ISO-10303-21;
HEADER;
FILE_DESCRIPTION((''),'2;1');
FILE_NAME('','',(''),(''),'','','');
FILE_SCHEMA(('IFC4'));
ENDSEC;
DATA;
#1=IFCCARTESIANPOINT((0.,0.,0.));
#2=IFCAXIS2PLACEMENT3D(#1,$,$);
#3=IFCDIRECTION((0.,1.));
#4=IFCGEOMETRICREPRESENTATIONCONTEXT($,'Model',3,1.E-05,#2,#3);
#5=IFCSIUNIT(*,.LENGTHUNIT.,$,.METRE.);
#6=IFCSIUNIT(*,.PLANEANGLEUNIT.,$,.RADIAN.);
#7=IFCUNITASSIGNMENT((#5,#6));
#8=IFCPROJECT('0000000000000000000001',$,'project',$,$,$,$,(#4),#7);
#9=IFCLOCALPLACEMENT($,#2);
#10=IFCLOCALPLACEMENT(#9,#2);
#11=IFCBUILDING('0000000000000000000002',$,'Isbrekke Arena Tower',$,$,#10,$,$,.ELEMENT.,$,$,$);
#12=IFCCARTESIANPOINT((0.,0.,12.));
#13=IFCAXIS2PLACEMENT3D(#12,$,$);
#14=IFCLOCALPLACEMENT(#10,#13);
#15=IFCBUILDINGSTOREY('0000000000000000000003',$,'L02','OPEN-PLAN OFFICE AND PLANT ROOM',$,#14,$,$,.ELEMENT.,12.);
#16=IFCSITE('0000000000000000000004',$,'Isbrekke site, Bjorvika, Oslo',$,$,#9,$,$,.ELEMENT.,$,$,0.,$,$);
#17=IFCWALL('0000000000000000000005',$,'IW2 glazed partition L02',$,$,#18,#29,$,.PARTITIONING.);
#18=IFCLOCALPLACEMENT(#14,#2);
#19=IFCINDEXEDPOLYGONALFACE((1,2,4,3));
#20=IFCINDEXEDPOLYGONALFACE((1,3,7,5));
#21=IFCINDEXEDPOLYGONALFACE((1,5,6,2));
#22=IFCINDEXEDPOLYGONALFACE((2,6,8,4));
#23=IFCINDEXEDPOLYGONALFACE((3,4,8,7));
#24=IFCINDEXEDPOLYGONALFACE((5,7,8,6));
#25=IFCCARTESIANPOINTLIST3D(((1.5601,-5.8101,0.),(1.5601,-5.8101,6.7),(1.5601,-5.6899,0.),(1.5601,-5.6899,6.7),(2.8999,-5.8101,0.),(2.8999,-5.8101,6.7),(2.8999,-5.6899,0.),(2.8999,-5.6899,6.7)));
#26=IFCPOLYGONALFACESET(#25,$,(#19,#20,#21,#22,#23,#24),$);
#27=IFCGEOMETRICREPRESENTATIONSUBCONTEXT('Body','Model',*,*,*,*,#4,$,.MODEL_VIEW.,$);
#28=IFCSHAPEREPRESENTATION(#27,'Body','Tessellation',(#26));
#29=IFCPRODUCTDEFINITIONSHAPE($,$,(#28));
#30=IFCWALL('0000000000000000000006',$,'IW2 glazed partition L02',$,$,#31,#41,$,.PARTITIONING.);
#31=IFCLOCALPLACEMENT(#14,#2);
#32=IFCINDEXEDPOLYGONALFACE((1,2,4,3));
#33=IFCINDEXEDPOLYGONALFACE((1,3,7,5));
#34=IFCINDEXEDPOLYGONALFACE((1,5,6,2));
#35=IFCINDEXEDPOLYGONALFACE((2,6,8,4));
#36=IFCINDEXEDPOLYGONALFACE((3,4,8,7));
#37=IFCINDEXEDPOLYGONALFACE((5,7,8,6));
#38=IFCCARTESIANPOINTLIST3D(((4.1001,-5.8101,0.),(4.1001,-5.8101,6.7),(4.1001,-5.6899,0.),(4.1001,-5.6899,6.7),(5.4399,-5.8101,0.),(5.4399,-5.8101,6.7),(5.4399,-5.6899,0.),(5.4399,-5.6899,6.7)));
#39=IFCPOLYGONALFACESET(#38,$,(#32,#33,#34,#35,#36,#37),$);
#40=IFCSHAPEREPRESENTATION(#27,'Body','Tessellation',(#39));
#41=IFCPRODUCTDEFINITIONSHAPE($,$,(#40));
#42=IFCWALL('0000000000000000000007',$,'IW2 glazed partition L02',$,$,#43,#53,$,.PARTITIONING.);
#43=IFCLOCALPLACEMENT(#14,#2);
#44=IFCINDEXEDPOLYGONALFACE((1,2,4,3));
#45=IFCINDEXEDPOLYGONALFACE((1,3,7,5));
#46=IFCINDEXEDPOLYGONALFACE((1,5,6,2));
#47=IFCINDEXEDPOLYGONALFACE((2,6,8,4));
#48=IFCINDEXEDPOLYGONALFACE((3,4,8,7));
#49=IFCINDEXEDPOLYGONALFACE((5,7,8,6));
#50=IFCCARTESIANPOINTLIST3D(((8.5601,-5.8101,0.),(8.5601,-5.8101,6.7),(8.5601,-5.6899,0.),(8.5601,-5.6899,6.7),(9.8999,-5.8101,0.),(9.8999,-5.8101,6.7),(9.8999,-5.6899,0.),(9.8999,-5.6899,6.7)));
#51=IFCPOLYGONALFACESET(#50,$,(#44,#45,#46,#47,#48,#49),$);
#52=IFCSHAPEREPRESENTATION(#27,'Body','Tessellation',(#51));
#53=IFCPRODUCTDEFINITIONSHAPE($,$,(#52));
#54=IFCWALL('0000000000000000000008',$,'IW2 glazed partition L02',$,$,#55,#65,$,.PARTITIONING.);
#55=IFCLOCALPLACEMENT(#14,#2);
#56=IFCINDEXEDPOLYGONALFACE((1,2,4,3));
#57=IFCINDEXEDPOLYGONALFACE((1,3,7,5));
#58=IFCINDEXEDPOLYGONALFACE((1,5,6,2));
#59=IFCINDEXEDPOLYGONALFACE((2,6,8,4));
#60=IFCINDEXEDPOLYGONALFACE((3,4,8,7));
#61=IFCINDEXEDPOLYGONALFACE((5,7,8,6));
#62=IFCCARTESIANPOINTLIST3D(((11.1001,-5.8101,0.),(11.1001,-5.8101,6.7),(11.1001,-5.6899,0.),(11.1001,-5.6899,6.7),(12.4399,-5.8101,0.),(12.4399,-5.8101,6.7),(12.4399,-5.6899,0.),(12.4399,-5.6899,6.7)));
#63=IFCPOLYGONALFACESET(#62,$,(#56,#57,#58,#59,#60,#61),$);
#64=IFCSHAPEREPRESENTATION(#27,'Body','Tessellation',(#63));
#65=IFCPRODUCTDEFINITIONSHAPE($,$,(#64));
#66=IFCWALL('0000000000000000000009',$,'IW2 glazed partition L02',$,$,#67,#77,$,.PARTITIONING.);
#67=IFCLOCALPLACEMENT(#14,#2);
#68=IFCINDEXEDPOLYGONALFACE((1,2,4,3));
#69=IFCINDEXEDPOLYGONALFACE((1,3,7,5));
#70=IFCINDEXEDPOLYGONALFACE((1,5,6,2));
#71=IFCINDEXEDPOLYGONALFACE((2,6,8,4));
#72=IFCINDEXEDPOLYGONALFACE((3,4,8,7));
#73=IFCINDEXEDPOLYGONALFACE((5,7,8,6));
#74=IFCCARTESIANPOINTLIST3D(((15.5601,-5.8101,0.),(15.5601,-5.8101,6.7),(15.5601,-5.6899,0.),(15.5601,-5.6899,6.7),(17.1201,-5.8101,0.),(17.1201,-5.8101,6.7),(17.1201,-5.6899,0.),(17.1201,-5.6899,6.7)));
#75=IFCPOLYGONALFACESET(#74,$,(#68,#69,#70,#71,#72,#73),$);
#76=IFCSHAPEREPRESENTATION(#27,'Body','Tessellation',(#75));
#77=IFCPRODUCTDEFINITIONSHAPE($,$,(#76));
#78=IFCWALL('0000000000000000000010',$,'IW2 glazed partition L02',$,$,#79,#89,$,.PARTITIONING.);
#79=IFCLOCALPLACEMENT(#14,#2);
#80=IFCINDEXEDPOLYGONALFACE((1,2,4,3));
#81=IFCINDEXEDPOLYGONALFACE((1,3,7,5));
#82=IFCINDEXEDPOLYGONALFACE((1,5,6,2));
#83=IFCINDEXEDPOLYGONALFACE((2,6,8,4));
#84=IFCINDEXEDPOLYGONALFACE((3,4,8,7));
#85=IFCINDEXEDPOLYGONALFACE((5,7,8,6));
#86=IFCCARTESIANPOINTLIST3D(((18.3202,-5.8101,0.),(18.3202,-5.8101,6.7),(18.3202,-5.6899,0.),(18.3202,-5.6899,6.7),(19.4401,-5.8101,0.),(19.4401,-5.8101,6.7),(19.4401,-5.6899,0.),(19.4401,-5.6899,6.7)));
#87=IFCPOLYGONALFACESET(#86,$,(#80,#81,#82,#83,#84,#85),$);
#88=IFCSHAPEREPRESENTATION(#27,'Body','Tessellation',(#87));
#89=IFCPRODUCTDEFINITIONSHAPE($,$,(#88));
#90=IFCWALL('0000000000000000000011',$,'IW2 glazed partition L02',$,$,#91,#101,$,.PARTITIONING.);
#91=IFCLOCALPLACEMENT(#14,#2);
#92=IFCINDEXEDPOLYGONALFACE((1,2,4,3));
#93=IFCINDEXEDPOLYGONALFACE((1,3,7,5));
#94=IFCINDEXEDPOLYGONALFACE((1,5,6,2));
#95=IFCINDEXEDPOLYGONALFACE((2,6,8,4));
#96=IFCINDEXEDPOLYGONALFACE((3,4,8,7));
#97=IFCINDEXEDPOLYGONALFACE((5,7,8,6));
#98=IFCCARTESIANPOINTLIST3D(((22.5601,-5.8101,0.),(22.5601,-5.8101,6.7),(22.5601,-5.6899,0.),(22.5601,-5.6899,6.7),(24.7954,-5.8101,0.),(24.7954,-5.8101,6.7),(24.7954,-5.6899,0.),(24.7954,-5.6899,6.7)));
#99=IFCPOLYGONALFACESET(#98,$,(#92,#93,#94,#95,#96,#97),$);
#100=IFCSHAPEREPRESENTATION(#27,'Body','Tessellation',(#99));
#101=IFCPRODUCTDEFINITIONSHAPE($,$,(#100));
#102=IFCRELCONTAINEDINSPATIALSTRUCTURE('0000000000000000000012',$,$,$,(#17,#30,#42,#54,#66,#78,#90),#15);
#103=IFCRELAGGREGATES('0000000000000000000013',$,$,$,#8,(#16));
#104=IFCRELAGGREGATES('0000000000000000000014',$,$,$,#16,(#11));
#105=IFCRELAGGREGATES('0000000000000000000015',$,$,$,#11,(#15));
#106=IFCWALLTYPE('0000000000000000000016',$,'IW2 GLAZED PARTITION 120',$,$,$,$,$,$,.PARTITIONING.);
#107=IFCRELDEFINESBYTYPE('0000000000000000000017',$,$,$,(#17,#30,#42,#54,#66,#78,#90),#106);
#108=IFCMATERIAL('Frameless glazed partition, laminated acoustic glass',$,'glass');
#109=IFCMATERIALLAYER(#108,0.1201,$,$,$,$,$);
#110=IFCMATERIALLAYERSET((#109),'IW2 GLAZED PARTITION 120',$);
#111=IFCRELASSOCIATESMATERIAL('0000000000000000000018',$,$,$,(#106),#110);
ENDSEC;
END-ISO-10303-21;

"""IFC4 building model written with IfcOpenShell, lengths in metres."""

from ifc_helpers import new_model, si_unit, direction, frame, frame_2d, origin, place, context, subcontext, project, spatial, rectangle, extrude, material, layer, layer_set, type_object, element, save


model = new_model("IFC4")

# Units and contexts
model_context = context("Model", 3, precision=1e-05, world=origin(), true_north=direction((0.0, 1.0)))
body_context = subcontext(model_context, "Body", "Model", "MODEL_VIEW")
ifc_project = project(units=[si_unit("LENGTHUNIT", "METRE"), si_unit("PLANEANGLEUNIT", "RADIAN")], contexts=[model_context])

# Site, building, storey
site_placement = place(None, origin())
site = spatial("IfcSite", under=ifc_project, at=site_placement, Name="Isbrekke site, Bjorvika, Oslo", CompositionType="ELEMENT", RefElevation=0.0)
building_placement = place(site_placement, origin())
building = spatial("IfcBuilding", under=site, at=building_placement, Name="Isbrekke Arena Tower", CompositionType="ELEMENT")
storey_placement = place(building_placement, frame((0.0, 0.0, 12.0)))
storey = spatial("IfcBuildingStorey", under=building, at=storey_placement, Name="L02", Description="OPEN-PLAN OFFICE AND PLANT ROOM", CompositionType="ELEMENT", Elevation=12.0)

# Walls
ifc_material_1 = material(Name="Frameless glazed partition, laminated acoustic glass", Category="glass")
ifc_layer_1 = layer(ifc_material_1, 0.1201)
ifc_layer_set_1 = layer_set([ifc_layer_1], Name="IW2 GLAZED PARTITION 120")
wall_type_1 = type_object("IfcWallType", Name="IW2 GLAZED PARTITION 120", PredefinedType="PARTITIONING", material=ifc_layer_set_1)
for number, where, z_axis, x_axis, name in (
    (1, (1.5601, -5.75, 0.0), (0.0, 0.0, 1.0), (1.0, 0.0, 0.0), "IW2 glazed partition L02"),
    (2, (4.1001, -5.75, 0.0), (0.0, 0.0, 1.0), (1.0, 0.0, 0.0), "IW2 glazed partition L02"),
    (3, (8.5601, -5.75, 0.0), (0.0, 0.0, 1.0), (1.0, 0.0, 0.0), "IW2 glazed partition L02"),
    (4, (11.1001, -5.75, 0.0), (0.0, 0.0, 1.0), (1.0, 0.0, 0.0), "IW2 glazed partition L02"),
):
    element("IfcWall", number, at=place(storey_placement, frame(where, z_axis=z_axis, x_axis=x_axis)), inside=storey, type_object=wall_type_1, Name=name, PredefinedType="PARTITIONING", context=body_context, shape_type="SweptSolid", body=[
        extrude(rectangle(XDim=1.3398, YDim=0.1201, at=frame_2d((0.6699, 0.0))), origin(), (0.0, 0.0, 1.0), 6.7),
    ])
wall_1_placement = place(storey_placement, frame((15.5601, -5.75, 0.0), z_axis=(0.0, 0.0, 1.0), x_axis=(1.0, 0.0, 0.0)))
element("IfcWall", 5, at=wall_1_placement, inside=storey, type_object=wall_type_1, Name="IW2 glazed partition L02", PredefinedType="PARTITIONING", context=body_context, shape_type="SweptSolid", body=[
    extrude(rectangle(XDim=1.5601, YDim=0.1201, at=frame_2d((0.78, 0.0))), origin(), (0.0, 0.0, 1.0), 6.7),
])
wall_2_placement = place(storey_placement, frame((18.3201, -5.75, 0.0), z_axis=(0.0, 0.0, 1.0), x_axis=(1.0, 0.0, 0.0)))
element("IfcWall", 6, at=wall_2_placement, inside=storey, type_object=wall_type_1, Name="IW2 glazed partition L02", PredefinedType="PARTITIONING", context=body_context, shape_type="SweptSolid", body=[
    extrude(rectangle(XDim=1.1199, YDim=0.1201, at=frame_2d((0.5601, 0.0))), origin(), (0.0, 0.0, 1.0), 6.7),
])
wall_3_placement = place(storey_placement, frame((22.5601, -5.75, 0.0), z_axis=(0.0, 0.0, 1.0), x_axis=(1.0, 0.0, 0.0)))
element("IfcWall", 7, at=wall_3_placement, inside=storey, type_object=wall_type_1, Name="IW2 glazed partition L02", PredefinedType="PARTITIONING", context=body_context, shape_type="SweptSolid", body=[
    extrude(rectangle(XDim=2.2354, YDim=0.1201, at=frame_2d((1.1177, 0.0))), origin(), (0.0, 0.0, 1.0), 6.7),
])

save(model, "model.ifc")
